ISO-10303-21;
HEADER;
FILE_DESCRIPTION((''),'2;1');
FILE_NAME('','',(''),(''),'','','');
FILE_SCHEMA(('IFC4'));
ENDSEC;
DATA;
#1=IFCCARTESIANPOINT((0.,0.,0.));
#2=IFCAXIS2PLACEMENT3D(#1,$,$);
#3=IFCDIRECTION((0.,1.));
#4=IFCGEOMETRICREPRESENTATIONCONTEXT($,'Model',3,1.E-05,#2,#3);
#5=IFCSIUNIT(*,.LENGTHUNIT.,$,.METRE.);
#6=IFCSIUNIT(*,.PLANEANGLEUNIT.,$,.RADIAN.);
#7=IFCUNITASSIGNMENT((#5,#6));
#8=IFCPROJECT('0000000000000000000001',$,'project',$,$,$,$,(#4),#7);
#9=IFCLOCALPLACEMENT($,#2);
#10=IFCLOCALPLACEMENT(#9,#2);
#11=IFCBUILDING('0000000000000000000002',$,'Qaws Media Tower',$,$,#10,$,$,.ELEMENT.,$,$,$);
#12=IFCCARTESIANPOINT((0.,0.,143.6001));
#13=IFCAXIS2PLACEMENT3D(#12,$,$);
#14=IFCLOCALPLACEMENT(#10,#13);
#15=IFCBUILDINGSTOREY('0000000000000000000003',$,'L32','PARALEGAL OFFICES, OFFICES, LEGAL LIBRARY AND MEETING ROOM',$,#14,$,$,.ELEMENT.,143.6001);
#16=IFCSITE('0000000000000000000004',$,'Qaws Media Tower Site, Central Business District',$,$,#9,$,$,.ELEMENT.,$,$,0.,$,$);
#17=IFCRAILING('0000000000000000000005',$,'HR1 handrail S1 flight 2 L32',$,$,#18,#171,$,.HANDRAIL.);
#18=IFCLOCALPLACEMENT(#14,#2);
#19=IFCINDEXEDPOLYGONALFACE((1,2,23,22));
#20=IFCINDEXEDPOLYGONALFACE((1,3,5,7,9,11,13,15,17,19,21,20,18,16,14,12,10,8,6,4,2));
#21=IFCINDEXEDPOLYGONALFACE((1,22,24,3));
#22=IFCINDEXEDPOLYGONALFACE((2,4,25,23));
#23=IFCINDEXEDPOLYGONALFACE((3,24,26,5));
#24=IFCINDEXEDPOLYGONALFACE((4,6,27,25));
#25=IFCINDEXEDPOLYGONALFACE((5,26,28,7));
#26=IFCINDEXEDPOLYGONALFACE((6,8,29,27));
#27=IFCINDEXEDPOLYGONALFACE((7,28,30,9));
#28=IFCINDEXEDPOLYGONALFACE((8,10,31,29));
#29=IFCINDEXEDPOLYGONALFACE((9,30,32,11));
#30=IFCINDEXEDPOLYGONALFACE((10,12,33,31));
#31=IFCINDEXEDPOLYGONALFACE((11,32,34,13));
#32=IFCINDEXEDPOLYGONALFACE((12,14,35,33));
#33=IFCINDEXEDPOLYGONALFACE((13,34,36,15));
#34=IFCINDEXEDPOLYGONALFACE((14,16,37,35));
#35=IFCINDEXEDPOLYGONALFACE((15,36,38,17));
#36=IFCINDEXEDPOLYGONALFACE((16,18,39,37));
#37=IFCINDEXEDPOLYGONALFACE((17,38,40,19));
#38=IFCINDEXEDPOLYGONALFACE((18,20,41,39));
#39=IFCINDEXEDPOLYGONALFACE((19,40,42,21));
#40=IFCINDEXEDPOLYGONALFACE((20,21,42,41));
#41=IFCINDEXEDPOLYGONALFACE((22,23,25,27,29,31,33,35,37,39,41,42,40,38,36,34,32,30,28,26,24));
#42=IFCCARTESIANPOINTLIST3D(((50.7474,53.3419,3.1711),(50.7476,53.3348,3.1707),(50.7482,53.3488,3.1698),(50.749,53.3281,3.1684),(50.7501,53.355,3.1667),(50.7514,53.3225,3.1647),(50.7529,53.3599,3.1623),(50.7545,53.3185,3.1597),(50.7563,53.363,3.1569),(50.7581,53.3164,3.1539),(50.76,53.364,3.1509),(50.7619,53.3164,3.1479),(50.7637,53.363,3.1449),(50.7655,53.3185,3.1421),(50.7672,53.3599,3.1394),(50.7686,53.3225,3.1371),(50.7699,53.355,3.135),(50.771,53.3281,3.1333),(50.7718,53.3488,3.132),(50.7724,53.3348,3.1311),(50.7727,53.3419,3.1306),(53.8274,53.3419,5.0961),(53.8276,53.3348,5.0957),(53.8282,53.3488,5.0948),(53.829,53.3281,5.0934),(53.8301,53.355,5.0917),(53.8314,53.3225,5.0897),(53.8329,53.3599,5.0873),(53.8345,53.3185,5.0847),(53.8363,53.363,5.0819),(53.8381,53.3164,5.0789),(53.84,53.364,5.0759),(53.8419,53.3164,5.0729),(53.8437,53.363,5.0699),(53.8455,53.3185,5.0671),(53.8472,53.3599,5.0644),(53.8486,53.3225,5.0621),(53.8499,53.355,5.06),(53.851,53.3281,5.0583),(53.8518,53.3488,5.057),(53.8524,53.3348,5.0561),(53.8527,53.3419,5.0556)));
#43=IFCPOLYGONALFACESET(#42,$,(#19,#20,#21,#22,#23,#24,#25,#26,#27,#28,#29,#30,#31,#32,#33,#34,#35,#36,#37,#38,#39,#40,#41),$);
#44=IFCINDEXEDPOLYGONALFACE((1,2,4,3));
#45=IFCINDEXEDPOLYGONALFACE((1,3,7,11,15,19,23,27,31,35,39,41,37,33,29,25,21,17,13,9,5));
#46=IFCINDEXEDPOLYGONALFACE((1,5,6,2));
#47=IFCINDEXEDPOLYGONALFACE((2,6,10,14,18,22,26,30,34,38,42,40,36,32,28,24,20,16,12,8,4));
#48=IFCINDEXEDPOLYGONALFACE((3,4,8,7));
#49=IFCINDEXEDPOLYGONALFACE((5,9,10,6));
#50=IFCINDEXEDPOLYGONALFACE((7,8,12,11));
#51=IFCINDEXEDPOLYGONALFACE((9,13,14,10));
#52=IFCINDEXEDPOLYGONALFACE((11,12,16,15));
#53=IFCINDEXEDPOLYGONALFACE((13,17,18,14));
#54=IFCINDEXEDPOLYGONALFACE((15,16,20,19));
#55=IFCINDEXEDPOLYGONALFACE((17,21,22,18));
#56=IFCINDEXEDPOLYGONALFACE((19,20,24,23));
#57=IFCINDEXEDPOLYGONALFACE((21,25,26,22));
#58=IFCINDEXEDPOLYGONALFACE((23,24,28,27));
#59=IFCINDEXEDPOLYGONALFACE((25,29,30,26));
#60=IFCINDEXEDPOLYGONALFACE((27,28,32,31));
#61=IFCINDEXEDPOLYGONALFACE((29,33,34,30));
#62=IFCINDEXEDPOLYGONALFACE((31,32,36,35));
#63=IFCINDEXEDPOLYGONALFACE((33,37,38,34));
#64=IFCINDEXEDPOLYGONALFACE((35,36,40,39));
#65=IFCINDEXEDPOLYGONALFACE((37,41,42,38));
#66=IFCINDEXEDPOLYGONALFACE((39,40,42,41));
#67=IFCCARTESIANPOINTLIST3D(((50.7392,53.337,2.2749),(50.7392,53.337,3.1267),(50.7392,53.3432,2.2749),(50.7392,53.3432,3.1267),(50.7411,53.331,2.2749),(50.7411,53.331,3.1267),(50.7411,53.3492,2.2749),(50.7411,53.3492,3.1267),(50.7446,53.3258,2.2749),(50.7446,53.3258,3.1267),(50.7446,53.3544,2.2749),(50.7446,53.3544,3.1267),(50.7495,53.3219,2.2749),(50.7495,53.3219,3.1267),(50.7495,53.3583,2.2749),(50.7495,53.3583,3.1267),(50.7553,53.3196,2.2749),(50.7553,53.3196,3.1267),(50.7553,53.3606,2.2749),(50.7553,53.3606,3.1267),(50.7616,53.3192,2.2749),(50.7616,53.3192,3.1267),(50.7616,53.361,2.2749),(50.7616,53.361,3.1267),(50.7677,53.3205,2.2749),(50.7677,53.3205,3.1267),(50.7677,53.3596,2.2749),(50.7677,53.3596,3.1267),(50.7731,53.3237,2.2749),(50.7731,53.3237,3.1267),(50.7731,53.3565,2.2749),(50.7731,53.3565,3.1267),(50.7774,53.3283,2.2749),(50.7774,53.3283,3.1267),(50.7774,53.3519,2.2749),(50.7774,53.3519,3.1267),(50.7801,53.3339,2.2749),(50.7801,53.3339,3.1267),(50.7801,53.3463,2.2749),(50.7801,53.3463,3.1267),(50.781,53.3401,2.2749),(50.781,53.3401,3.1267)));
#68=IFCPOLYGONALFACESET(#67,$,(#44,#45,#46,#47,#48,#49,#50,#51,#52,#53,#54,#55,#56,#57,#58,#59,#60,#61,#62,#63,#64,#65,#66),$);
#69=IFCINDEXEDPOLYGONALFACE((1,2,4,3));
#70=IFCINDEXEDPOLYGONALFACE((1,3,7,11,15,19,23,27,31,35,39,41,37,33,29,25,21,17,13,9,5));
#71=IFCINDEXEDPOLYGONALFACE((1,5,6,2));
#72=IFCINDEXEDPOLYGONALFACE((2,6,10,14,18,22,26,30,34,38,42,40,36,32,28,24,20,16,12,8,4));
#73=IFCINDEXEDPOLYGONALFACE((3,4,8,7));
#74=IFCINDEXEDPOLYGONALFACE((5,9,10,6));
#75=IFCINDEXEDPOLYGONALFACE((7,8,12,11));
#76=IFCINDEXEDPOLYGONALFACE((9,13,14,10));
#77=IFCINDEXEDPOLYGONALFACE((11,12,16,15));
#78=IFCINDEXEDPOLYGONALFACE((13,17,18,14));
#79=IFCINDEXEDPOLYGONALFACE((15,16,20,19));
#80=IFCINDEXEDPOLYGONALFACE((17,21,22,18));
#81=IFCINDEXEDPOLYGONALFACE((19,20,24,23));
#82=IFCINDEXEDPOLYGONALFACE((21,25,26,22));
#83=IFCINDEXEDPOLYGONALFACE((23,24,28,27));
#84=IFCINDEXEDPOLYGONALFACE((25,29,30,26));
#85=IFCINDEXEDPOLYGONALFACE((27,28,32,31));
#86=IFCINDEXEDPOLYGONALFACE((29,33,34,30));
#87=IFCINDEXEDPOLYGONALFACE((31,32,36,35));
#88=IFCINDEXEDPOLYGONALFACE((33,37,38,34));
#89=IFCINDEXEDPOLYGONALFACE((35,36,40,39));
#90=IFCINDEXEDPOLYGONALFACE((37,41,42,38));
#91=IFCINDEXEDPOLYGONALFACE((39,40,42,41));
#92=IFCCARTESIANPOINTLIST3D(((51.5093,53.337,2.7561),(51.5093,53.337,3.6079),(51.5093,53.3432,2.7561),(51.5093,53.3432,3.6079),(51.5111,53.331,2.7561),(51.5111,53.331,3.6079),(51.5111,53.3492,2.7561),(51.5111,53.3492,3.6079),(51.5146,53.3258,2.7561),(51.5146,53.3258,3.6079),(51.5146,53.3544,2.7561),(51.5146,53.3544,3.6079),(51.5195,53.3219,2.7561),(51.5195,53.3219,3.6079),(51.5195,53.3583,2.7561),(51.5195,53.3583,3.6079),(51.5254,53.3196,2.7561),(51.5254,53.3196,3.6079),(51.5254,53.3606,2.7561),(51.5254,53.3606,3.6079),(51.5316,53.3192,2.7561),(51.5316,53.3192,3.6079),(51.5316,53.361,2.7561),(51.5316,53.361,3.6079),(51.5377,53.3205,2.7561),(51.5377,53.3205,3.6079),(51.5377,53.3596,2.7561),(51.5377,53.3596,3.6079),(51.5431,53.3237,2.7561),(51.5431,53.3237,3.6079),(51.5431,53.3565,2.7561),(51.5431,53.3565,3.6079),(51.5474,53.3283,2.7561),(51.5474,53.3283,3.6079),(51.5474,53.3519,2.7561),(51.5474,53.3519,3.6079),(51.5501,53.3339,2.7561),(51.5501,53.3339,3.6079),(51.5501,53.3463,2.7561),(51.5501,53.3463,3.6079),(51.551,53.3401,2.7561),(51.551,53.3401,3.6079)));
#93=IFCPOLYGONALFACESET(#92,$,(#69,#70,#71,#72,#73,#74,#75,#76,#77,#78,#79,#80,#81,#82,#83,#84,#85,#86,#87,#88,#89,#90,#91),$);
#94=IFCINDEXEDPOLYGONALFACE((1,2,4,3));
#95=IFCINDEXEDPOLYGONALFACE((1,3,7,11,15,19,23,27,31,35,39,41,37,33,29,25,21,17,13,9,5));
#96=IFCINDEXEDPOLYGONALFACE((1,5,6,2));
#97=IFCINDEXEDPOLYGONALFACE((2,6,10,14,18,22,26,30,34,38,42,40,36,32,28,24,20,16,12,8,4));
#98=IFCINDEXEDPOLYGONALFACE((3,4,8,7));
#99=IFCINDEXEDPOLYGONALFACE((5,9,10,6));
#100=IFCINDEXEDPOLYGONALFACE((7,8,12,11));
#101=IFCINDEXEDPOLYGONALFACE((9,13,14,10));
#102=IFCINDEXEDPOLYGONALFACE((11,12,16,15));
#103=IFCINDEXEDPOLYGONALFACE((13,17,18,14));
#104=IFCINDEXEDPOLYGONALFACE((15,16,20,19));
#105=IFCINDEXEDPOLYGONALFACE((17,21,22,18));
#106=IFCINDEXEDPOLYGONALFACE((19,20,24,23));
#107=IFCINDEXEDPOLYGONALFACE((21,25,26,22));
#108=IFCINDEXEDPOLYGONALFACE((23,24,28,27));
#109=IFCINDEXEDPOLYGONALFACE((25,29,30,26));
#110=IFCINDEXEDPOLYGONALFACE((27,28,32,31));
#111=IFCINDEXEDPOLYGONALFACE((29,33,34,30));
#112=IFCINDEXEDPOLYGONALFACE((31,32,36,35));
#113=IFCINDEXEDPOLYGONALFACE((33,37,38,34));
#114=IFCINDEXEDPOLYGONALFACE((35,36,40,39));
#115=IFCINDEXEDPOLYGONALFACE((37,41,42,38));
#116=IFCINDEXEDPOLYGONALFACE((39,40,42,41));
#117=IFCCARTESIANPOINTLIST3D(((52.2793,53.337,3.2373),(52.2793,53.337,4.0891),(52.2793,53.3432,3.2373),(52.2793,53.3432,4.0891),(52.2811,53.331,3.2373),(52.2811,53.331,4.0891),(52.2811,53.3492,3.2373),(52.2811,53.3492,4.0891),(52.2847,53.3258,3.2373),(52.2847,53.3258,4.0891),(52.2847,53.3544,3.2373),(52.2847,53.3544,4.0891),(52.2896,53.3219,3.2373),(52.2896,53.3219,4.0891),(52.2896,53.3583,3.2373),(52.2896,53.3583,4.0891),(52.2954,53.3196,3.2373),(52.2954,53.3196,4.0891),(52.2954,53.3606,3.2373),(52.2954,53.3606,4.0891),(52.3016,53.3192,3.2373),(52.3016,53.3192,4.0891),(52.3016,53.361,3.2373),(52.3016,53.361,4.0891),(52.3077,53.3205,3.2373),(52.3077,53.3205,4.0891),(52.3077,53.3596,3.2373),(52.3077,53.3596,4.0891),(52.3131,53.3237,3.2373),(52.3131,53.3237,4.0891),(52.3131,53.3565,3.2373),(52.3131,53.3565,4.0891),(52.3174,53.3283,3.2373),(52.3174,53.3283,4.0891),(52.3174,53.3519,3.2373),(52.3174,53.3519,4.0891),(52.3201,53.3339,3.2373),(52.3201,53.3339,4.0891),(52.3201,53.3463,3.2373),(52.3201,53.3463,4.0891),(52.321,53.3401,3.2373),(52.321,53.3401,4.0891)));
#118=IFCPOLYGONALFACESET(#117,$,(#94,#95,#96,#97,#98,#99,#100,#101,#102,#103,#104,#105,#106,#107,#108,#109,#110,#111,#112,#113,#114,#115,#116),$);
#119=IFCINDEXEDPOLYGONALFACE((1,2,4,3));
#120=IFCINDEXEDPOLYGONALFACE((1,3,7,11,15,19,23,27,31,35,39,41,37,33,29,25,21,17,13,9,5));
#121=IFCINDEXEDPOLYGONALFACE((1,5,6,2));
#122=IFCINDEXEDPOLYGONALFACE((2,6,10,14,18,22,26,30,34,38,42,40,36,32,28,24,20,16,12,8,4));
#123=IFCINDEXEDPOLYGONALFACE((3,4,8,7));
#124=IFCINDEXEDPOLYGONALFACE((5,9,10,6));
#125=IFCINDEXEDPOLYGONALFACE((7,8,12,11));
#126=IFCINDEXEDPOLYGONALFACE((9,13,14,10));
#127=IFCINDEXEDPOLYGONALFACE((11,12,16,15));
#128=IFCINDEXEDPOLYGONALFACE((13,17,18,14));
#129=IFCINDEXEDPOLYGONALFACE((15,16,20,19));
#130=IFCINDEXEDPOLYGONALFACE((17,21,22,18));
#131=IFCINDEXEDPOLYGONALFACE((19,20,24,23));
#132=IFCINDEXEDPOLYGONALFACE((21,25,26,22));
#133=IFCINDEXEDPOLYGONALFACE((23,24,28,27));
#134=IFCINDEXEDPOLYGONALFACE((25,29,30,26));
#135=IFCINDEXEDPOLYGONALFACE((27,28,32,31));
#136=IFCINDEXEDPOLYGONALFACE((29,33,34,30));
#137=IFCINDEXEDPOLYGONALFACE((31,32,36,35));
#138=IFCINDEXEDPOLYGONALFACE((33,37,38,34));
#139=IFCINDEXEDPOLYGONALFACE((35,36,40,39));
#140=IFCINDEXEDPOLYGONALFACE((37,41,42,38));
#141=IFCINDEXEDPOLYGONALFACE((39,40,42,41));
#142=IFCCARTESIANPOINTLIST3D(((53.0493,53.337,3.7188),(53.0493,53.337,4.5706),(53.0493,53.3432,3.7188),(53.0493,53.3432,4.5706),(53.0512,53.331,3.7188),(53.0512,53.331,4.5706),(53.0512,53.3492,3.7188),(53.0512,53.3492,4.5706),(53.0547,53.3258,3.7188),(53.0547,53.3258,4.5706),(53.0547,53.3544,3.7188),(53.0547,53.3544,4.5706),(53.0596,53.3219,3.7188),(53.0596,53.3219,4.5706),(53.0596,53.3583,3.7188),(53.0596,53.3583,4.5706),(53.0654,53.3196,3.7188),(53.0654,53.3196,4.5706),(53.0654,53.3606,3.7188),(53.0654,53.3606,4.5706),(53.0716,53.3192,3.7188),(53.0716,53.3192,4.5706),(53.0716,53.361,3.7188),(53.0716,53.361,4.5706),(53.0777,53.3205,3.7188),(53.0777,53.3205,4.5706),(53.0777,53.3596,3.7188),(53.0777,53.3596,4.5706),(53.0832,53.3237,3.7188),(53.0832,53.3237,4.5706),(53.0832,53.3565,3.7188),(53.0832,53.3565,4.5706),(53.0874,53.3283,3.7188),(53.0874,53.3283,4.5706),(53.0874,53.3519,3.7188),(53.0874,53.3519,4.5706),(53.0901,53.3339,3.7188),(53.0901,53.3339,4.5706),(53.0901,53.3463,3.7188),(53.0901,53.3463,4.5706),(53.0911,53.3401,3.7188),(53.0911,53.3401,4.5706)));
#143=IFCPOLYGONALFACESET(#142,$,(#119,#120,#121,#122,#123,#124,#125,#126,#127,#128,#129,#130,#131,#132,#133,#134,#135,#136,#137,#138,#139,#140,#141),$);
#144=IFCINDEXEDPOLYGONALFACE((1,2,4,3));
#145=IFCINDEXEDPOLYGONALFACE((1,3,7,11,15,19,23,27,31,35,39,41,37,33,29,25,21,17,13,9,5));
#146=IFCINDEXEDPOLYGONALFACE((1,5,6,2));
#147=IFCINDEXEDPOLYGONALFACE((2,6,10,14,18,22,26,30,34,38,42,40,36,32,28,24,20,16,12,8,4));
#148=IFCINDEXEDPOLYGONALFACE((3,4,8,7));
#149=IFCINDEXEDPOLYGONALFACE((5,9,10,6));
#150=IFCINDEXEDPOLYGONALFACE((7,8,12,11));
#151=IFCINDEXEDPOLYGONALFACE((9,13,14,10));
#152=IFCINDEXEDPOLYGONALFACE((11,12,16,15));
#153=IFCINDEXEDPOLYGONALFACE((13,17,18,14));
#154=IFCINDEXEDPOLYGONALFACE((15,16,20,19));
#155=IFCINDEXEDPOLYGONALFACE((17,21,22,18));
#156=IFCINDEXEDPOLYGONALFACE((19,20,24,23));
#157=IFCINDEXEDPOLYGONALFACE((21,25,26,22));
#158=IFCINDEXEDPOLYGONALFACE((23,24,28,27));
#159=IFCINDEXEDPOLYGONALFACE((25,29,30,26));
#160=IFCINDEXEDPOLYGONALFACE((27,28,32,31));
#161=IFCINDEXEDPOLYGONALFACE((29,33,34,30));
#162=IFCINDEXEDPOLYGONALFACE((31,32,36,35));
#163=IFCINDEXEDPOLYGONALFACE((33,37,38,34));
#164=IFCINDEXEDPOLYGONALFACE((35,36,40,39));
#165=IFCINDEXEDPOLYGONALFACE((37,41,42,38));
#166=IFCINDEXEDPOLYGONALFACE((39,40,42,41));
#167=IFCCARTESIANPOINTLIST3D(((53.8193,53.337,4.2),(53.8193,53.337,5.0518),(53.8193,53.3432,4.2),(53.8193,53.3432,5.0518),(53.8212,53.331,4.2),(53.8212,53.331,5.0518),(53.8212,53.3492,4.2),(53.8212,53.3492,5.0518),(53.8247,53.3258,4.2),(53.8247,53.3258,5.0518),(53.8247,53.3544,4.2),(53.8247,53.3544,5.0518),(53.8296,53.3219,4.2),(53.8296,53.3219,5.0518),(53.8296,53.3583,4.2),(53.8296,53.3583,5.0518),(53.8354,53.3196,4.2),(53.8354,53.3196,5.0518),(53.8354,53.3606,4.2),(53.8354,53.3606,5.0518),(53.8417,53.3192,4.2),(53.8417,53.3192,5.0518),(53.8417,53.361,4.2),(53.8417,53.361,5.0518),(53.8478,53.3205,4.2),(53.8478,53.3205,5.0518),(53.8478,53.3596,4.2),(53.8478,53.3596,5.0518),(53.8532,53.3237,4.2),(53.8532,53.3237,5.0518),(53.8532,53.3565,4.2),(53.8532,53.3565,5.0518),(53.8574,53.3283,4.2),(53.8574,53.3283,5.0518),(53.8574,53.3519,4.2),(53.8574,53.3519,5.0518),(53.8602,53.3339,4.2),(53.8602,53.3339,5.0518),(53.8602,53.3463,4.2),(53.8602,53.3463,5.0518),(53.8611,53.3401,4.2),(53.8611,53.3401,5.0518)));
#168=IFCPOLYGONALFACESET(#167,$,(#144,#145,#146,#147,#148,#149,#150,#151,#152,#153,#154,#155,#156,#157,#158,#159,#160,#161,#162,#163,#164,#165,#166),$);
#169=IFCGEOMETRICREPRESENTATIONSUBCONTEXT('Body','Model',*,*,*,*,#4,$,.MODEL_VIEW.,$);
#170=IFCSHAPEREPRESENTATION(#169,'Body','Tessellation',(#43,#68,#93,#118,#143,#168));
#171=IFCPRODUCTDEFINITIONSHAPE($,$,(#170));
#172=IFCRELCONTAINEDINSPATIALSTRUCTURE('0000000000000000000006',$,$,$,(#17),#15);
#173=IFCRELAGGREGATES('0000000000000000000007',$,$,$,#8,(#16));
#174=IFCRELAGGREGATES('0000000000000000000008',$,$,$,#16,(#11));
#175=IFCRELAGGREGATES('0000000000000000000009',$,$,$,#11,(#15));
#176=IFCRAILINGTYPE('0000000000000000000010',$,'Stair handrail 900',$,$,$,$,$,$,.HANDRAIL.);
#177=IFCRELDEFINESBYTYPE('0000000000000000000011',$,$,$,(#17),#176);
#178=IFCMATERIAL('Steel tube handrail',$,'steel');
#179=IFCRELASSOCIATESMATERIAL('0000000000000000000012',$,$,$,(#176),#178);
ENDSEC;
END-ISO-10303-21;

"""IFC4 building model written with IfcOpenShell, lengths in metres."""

from ifc_helpers import new_model, si_unit, direction, frame, origin, origin_2d, place, context, subcontext, project, spatial, circle, extrude, material, type_object, element, save


model = new_model("IFC4")

# Units and contexts
model_context = context("Model", 3, precision=1e-05, world=origin(), true_north=direction((0.0, 1.0)))
body_context = subcontext(model_context, "Body", "Model", "MODEL_VIEW")
ifc_project = project(units=[si_unit("LENGTHUNIT", "METRE"), si_unit("PLANEANGLEUNIT", "RADIAN")], contexts=[model_context])

# Site, building, storey
site_placement = place(None, origin())
site = spatial("IfcSite", under=ifc_project, at=site_placement, Name="Qaws Media Tower Site, Central Business District", CompositionType="ELEMENT", RefElevation=0.0)
building_placement = place(site_placement, origin())
building = spatial("IfcBuilding", under=site, at=building_placement, Name="Qaws Media Tower", CompositionType="ELEMENT")
storey_placement = place(building_placement, frame((0.0, 0.0, 143.6001)))
storey = spatial("IfcBuildingStorey", under=building, at=storey_placement, Name="L32", Description="PARALEGAL OFFICES, OFFICES, LEGAL LIBRARY AND MEETING ROOM", CompositionType="ELEMENT", Elevation=143.6001)

# Railing
ifc_material_1 = material(Name="Steel tube handrail", Category="steel")
railing_type = type_object("IfcRailingType", Name="Stair handrail 900", PredefinedType="HANDRAIL", material=ifc_material_1)
for number, where, name in (
    (1, (50.76, 53.3401, 2.2749), "HR1 handrail S1 flight 2 L32"),
):
    element("IfcRailing", number, at=place(storey_placement, frame(where)), inside=storey, type_object=railing_type, Name=name, PredefinedType="HANDRAIL", context=body_context, shape_type="SweptSolid", body=[
        extrude(circle(Radius=0.0239, at=origin_2d()), frame((0.0, 0.0, 0.876), z_axis=(0.847998, 0.0, 0.529999), x_axis=(0.0, 1.0, 0.0)), (0.0, 0.0, 1.0), 3.6321),
        extrude(circle(Radius=0.021, at=origin_2d()), origin(), (0.0, 0.0, 1.0), 0.8518),
        extrude(circle(Radius=0.021, at=origin_2d()), frame((0.77, 0.0, 0.4812)), (0.0, 0.0, 1.0), 0.8518),
        extrude(circle(Radius=0.021, at=origin_2d()), frame((1.54, 0.0, 0.9624)), (0.0, 0.0, 1.0), 0.8518),
        extrude(circle(Radius=0.021, at=origin_2d()), frame((2.3101, 0.0, 1.4438)), (0.0, 0.0, 1.0), 0.8518),
        extrude(circle(Radius=0.021, at=origin_2d()), frame((3.0801, 0.0, 1.925)), (0.0, 0.0, 1.0), 0.8518),
    ])

save(model, "model.ifc")
